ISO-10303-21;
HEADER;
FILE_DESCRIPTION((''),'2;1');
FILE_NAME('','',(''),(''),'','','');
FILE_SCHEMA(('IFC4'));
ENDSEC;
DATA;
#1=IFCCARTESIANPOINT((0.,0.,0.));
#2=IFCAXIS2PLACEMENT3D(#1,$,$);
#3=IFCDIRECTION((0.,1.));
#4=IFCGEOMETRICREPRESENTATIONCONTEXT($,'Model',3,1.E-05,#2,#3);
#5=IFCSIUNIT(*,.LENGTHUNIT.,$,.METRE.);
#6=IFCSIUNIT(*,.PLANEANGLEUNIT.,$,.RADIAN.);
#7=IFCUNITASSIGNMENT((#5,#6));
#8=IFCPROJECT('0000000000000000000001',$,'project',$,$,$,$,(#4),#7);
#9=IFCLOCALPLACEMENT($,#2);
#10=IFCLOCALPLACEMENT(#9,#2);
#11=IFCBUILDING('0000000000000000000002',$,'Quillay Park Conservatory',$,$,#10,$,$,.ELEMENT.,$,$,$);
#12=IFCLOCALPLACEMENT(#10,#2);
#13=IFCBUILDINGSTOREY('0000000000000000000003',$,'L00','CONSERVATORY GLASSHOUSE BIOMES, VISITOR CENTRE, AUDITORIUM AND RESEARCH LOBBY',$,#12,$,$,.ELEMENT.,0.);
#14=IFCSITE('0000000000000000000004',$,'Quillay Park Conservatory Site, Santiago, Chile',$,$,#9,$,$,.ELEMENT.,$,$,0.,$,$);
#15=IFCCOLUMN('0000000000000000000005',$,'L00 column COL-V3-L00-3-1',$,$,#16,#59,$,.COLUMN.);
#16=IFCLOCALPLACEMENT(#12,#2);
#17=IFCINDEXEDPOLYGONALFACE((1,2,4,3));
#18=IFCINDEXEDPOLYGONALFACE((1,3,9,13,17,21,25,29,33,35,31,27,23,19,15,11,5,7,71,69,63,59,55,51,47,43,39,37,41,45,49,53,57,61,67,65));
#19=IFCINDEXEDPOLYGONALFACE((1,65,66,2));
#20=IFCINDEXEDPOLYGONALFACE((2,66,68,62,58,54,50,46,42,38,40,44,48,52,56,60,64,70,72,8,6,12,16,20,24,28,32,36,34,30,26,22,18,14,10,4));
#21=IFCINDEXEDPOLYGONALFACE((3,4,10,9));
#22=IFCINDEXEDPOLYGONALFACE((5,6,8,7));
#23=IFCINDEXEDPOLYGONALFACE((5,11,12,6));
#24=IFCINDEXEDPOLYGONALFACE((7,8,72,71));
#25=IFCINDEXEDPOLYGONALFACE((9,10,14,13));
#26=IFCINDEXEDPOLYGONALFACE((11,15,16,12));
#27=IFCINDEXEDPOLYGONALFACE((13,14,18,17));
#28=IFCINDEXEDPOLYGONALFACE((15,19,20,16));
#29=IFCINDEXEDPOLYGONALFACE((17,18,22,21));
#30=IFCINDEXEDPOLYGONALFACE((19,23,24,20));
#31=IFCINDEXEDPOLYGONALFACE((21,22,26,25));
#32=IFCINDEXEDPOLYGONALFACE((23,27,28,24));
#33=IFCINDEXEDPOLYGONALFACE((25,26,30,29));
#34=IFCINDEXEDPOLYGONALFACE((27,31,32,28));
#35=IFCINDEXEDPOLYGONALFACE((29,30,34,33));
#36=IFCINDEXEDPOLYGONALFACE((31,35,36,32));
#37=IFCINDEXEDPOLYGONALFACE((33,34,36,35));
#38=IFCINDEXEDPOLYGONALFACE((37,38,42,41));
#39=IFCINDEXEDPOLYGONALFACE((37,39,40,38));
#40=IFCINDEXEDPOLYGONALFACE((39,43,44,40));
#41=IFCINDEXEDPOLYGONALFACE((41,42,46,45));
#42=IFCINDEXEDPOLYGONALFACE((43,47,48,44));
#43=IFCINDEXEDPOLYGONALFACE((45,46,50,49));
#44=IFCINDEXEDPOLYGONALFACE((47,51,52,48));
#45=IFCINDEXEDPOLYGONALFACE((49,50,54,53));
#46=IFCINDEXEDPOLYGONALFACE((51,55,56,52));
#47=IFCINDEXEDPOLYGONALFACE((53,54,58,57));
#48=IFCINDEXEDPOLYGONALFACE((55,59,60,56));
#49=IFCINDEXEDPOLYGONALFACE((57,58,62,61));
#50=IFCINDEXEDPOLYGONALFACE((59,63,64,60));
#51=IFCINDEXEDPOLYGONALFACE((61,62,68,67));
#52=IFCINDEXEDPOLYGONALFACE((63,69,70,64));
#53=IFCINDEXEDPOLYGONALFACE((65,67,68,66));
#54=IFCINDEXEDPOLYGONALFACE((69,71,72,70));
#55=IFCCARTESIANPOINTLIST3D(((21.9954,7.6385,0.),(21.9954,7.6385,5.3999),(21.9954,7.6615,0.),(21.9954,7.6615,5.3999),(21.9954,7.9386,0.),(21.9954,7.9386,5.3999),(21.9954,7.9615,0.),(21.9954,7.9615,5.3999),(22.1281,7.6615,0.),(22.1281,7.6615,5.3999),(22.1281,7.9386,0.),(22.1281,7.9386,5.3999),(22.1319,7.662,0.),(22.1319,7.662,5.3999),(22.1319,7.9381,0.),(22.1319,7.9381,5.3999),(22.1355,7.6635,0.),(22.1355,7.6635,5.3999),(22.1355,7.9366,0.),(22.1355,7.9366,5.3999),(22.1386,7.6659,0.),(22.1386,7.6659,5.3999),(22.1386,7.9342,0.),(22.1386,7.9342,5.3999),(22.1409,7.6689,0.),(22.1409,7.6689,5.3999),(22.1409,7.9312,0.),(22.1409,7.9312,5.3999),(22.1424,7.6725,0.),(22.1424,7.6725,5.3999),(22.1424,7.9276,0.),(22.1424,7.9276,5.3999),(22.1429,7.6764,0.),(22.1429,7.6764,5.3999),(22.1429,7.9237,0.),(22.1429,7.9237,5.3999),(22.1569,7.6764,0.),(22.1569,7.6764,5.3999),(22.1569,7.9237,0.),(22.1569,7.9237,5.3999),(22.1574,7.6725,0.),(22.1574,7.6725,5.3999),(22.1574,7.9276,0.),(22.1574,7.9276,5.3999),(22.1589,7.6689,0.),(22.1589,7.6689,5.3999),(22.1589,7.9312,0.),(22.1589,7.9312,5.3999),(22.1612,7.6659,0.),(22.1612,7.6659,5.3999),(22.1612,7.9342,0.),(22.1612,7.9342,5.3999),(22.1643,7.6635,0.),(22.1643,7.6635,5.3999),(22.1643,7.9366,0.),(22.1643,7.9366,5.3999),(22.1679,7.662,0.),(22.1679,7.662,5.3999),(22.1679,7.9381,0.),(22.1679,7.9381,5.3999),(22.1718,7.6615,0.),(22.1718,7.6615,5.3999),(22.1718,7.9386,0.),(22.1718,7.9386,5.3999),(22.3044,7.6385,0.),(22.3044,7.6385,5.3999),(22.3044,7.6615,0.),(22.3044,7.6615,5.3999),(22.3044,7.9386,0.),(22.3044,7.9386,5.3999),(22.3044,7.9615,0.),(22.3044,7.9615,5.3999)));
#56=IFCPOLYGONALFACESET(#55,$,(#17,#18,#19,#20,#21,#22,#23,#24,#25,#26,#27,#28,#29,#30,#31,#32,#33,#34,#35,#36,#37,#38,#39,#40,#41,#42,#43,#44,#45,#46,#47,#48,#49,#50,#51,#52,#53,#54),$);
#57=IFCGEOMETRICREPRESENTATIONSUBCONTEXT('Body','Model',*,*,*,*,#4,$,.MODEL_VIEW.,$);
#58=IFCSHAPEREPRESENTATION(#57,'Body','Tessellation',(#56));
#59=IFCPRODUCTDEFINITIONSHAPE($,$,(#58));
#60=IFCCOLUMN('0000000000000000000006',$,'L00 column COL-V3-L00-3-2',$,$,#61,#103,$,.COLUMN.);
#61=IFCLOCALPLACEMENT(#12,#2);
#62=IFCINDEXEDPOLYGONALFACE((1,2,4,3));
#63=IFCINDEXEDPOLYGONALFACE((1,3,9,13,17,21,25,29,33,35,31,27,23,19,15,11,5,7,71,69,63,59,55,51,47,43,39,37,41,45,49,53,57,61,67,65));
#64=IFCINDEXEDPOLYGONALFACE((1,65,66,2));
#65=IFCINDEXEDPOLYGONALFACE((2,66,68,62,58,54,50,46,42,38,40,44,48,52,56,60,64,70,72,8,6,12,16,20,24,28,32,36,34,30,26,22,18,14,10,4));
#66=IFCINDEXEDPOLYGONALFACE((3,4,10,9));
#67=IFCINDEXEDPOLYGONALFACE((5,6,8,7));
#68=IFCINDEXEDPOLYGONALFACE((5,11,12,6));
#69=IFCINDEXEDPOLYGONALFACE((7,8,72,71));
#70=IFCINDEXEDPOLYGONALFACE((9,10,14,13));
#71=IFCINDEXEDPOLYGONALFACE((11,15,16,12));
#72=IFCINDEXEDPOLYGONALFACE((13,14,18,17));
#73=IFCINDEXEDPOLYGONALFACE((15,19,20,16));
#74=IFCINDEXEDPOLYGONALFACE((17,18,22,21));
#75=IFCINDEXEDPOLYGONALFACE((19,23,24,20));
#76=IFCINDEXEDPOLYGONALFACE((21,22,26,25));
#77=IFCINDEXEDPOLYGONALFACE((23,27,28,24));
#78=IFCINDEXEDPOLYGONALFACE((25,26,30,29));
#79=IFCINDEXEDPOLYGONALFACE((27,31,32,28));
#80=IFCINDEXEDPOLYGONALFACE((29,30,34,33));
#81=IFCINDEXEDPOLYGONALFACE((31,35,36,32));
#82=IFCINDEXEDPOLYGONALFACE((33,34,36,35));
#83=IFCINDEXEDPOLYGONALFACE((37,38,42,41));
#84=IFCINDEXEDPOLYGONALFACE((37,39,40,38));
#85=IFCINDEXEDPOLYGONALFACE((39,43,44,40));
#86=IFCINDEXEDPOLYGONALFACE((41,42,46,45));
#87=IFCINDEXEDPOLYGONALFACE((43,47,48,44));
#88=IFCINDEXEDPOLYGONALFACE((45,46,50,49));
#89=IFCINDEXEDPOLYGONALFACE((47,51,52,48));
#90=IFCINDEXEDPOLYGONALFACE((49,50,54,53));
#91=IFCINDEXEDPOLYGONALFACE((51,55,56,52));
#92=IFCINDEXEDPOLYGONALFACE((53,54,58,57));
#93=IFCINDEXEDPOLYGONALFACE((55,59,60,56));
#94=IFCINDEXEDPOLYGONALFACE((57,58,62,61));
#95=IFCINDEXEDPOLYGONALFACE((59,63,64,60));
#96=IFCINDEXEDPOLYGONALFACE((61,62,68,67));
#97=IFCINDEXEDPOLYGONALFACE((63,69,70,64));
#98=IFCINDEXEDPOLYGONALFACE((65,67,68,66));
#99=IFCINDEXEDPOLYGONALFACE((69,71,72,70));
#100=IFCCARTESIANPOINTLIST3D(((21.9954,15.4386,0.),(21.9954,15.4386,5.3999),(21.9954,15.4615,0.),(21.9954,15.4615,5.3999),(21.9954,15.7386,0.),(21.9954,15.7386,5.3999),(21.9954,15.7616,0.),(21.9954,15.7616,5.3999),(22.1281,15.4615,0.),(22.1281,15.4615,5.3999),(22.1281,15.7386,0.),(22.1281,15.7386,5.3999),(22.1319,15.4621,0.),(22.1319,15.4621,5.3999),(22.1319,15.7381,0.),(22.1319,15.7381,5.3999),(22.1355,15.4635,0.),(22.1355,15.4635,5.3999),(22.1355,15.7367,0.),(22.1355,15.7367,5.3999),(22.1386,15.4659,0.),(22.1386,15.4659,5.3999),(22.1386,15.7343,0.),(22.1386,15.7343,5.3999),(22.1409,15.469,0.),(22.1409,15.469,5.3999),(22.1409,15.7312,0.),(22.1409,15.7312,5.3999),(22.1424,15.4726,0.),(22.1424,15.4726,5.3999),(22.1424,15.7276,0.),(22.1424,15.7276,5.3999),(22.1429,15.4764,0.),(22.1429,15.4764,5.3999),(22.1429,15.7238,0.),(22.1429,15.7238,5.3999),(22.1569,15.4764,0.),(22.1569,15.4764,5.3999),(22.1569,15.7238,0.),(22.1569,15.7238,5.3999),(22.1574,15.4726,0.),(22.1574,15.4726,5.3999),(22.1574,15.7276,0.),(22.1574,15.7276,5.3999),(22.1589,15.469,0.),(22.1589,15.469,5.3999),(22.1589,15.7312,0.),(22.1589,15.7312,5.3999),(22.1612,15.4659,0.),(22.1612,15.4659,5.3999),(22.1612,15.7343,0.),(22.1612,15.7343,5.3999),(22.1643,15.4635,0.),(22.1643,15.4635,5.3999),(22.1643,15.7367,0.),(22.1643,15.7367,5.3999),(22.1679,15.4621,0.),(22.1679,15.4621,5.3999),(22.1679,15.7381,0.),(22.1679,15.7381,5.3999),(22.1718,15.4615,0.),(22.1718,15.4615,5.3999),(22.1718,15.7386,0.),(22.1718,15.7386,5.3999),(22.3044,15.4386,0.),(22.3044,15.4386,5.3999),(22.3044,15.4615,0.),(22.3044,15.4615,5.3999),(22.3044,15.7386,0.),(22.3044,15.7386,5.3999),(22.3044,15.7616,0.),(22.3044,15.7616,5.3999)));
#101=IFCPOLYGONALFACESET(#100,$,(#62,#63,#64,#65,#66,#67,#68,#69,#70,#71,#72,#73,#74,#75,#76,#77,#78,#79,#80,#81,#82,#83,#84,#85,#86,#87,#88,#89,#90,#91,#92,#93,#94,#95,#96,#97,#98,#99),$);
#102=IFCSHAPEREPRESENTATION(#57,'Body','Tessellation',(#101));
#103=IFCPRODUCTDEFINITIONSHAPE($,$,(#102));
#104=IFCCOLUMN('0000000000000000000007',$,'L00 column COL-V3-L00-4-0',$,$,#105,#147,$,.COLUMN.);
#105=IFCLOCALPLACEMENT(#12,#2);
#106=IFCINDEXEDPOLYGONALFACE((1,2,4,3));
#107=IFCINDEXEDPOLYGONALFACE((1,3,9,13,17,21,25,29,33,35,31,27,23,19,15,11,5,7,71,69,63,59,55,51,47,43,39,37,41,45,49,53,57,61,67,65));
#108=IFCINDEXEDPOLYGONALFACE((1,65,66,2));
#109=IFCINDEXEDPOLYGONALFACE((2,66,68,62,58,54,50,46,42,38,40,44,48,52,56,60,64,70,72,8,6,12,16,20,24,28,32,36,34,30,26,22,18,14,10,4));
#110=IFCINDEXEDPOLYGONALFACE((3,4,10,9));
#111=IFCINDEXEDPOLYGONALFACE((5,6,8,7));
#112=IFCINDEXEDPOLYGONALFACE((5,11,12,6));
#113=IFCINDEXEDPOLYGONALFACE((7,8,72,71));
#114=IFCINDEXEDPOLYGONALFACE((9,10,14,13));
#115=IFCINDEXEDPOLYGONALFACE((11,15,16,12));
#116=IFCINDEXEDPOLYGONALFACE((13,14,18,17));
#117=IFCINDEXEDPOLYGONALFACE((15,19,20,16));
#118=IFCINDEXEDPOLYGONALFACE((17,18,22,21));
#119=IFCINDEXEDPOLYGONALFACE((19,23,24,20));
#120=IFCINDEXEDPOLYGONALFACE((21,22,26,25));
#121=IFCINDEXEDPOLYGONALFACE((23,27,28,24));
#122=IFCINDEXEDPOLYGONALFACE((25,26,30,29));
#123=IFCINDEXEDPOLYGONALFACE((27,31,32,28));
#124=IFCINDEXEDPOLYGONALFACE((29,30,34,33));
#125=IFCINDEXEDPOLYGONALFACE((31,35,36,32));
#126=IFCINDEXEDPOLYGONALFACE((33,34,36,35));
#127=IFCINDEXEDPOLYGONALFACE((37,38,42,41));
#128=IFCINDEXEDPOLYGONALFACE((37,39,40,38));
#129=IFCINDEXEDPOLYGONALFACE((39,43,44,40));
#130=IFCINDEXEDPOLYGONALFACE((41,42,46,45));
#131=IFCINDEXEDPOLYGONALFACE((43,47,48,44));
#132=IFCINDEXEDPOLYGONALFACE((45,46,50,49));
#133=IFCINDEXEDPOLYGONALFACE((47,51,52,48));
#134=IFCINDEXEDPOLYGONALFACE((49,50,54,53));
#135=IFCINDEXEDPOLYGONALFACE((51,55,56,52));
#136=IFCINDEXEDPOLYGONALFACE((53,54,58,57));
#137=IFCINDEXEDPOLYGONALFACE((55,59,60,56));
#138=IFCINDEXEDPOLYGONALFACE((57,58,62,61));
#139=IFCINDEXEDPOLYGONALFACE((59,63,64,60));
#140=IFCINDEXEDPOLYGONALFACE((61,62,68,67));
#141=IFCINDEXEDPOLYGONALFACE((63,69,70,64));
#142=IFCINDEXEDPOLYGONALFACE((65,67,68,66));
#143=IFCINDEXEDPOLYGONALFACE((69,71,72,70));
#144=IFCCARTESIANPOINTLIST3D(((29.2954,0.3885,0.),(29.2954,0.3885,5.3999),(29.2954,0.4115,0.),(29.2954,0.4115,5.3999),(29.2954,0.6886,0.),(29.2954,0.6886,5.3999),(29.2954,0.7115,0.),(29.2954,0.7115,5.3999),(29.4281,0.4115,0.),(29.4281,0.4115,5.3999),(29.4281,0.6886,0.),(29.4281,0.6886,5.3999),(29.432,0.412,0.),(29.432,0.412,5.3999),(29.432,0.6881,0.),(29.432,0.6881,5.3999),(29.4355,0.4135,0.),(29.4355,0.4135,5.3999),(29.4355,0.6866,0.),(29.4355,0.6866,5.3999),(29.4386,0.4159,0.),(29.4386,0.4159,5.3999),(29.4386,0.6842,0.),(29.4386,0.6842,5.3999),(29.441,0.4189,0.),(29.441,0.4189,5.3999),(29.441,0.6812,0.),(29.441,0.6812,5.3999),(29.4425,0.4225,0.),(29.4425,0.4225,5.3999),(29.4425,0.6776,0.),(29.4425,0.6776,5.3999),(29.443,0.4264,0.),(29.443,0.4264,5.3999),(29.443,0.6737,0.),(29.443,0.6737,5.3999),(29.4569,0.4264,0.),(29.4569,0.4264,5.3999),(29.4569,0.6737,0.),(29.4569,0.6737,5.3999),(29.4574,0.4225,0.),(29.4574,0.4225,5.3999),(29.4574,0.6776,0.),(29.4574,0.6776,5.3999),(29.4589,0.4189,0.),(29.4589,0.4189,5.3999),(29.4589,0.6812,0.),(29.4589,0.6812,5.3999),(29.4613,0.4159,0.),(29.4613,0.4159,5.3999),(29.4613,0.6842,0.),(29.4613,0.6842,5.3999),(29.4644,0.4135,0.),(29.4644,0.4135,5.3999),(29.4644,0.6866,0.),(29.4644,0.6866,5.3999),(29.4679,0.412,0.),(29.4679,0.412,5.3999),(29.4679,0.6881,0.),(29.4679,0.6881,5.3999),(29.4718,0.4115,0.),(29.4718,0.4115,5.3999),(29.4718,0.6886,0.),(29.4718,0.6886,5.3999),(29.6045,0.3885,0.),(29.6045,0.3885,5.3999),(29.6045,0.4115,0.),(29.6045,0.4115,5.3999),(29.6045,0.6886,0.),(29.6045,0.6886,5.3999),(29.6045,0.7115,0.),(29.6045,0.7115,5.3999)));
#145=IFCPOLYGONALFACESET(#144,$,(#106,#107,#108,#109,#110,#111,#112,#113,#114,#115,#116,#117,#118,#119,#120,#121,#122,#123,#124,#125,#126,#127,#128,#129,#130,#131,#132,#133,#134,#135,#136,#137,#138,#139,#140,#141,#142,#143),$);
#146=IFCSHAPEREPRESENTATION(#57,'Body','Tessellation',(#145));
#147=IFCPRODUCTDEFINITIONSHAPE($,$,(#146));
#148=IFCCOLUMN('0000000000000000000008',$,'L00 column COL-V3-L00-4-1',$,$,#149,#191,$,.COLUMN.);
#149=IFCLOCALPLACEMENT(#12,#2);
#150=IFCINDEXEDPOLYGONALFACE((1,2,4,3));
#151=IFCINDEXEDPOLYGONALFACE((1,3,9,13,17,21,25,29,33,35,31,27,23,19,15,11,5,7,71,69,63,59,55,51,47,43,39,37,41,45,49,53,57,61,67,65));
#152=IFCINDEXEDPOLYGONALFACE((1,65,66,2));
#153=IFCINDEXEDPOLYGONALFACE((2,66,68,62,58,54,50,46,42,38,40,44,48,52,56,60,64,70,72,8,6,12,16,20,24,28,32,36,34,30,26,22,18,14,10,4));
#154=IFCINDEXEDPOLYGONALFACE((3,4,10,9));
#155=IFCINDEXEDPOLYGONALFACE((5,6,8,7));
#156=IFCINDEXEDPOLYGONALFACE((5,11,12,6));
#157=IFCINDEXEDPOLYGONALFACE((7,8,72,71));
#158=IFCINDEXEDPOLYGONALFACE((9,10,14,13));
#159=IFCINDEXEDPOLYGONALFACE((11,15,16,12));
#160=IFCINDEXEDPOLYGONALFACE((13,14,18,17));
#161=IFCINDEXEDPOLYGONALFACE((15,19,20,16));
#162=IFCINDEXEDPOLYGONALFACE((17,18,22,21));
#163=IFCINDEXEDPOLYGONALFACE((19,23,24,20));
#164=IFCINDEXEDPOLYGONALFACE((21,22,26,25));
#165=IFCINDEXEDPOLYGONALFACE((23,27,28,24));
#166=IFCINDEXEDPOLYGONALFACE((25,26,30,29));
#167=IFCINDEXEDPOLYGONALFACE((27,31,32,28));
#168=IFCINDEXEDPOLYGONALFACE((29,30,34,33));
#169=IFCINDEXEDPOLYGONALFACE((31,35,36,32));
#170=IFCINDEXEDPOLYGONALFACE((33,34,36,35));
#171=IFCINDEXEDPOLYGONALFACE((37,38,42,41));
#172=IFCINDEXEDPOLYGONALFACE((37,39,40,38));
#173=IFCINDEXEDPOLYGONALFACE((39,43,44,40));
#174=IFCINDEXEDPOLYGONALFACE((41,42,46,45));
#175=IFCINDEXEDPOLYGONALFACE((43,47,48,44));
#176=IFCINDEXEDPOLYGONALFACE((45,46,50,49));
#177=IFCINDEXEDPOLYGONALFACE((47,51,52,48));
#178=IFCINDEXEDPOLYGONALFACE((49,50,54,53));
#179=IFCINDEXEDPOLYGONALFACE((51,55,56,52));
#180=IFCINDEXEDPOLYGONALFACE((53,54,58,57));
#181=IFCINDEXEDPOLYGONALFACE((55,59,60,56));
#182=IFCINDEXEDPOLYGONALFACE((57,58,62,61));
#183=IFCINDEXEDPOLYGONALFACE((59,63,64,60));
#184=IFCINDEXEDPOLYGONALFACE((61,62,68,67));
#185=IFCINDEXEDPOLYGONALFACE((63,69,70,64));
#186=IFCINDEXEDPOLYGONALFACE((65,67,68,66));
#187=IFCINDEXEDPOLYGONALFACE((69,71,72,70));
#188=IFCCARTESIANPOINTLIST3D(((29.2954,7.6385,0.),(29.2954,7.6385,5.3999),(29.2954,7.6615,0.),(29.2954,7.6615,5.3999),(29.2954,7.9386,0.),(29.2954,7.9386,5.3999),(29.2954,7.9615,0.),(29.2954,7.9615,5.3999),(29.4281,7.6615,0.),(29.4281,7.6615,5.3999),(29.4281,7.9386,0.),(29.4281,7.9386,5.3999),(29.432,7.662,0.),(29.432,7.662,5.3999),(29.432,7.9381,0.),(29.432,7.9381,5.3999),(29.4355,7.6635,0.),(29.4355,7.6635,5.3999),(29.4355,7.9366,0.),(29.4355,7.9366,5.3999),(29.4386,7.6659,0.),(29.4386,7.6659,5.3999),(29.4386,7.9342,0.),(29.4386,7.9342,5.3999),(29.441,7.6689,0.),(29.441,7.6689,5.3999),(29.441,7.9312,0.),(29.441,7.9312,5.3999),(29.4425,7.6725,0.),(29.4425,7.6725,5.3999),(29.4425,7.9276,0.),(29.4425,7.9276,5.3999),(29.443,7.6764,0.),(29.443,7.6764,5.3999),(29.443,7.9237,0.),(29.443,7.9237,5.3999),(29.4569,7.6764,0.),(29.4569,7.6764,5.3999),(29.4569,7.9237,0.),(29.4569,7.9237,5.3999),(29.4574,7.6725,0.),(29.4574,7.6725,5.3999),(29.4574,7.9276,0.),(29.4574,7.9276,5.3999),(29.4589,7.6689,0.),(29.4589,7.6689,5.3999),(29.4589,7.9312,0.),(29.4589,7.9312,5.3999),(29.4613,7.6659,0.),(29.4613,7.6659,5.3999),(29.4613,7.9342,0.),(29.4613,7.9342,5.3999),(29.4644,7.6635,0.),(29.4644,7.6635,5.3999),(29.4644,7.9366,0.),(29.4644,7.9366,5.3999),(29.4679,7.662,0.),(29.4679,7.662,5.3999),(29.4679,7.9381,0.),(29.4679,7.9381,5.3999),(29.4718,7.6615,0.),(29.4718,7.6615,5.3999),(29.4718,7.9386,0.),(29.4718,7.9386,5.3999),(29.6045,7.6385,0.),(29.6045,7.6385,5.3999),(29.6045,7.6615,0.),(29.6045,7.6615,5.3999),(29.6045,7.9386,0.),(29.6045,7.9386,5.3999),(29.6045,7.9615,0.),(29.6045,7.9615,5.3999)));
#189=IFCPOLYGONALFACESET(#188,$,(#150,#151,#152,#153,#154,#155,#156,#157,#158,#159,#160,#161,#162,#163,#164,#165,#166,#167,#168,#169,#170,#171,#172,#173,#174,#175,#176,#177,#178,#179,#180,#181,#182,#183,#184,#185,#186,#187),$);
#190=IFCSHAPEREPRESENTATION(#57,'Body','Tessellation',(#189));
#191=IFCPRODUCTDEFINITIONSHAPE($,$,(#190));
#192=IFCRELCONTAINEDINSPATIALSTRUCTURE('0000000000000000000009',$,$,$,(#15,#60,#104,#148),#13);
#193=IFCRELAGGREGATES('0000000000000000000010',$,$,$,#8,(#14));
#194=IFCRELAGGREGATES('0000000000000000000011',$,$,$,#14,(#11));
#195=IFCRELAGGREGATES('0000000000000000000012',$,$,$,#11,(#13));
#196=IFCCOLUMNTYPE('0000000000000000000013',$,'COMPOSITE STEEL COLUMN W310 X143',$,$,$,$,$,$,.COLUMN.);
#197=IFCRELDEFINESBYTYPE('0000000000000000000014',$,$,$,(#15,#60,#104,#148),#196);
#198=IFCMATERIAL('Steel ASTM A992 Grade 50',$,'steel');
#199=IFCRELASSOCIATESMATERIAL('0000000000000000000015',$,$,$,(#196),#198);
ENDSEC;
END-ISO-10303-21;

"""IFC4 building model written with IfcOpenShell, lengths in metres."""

from ifc_helpers import new_model, si_unit, direction, frame, origin, origin_2d, place, context, subcontext, project, spatial, i_section, extrude, material, material_profile, profile_set, type_object, element, save


model = new_model("IFC4")

# Units and contexts
model_context = context("Model", 3, precision=1e-05, world=origin(), true_north=direction((0.0, 1.0)))
body_context = subcontext(model_context, "Body", "Model", "MODEL_VIEW")
ifc_project = project(units=[si_unit("LENGTHUNIT", "METRE"), si_unit("PLANEANGLEUNIT", "RADIAN")], contexts=[model_context])

# Site, building, storey
site_placement = place(None, origin())
site = spatial("IfcSite", under=ifc_project, at=site_placement, Name="Quillay Park Conservatory Site, Santiago, Chile", CompositionType="ELEMENT", RefElevation=0.0)
building_placement = place(site_placement, origin())
building = spatial("IfcBuilding", under=site, at=building_placement, Name="Quillay Park Conservatory", CompositionType="ELEMENT")
storey_placement = place(building_placement, origin())
storey = spatial("IfcBuildingStorey", under=building, at=storey_placement, Name="L00", Description="CONSERVATORY GLASSHOUSE BIOMES, VISITOR CENTRE, AUDITORIUM AND RESEARCH LOBBY", CompositionType="ELEMENT", Elevation=0.0)

# Columns
ifc_material_1 = material(Name="Steel ASTM A992 Grade 50", Category="steel")
ifc_material_profile_1 = material_profile(ifc_material_1, i_section(OverallWidth=0.3091, OverallDepth=0.323, WebThickness=0.0139, FlangeThickness=0.0229, FilletRadius=0.0149, at=origin_2d()), Name="W310x143")
ifc_profile_set_1 = profile_set([ifc_material_profile_1], Name="Steel ASTM A992 Grade 50")
column_type_1 = type_object("IfcColumnType", Name="COMPOSITE STEEL COLUMN W310 X143", PredefinedType="COLUMN", material=ifc_profile_set_1)
for number, where, z_axis, x_axis, name in (
    (1, (22.1499, 7.8, 0.0), (0.0, 0.0, 1.0), (1.0, 0.0, 0.0), "L00 column COL-V3-L00-3-1"),
    (2, (22.1499, 15.6001, 0.0), (0.0, 0.0, 1.0), (1.0, 0.0, 0.0), "L00 column COL-V3-L00-3-2"),
    (3, (29.45, 0.55, 0.0), (0.0, 0.0, 1.0), (1.0, 0.0, 0.0), "L00 column COL-V3-L00-4-0"),
    (4, (29.45, 7.8, 0.0), (0.0, 0.0, 1.0), (1.0, 0.0, 0.0), "L00 column COL-V3-L00-4-1"),
):
    element("IfcColumn", number, at=place(storey_placement, frame(where, z_axis=z_axis, x_axis=x_axis)), inside=storey, type_object=column_type_1, Name=name, PredefinedType="COLUMN", context=body_context, shape_type="SweptSolid", body=[
        extrude(i_section(OverallWidth=0.3091, OverallDepth=0.323, WebThickness=0.0139, FlangeThickness=0.0229, FilletRadius=0.0149, at=origin_2d()), origin(), (0.0, 0.0, 1.0), 5.3999),
    ])

save(model, "model.ifc")
